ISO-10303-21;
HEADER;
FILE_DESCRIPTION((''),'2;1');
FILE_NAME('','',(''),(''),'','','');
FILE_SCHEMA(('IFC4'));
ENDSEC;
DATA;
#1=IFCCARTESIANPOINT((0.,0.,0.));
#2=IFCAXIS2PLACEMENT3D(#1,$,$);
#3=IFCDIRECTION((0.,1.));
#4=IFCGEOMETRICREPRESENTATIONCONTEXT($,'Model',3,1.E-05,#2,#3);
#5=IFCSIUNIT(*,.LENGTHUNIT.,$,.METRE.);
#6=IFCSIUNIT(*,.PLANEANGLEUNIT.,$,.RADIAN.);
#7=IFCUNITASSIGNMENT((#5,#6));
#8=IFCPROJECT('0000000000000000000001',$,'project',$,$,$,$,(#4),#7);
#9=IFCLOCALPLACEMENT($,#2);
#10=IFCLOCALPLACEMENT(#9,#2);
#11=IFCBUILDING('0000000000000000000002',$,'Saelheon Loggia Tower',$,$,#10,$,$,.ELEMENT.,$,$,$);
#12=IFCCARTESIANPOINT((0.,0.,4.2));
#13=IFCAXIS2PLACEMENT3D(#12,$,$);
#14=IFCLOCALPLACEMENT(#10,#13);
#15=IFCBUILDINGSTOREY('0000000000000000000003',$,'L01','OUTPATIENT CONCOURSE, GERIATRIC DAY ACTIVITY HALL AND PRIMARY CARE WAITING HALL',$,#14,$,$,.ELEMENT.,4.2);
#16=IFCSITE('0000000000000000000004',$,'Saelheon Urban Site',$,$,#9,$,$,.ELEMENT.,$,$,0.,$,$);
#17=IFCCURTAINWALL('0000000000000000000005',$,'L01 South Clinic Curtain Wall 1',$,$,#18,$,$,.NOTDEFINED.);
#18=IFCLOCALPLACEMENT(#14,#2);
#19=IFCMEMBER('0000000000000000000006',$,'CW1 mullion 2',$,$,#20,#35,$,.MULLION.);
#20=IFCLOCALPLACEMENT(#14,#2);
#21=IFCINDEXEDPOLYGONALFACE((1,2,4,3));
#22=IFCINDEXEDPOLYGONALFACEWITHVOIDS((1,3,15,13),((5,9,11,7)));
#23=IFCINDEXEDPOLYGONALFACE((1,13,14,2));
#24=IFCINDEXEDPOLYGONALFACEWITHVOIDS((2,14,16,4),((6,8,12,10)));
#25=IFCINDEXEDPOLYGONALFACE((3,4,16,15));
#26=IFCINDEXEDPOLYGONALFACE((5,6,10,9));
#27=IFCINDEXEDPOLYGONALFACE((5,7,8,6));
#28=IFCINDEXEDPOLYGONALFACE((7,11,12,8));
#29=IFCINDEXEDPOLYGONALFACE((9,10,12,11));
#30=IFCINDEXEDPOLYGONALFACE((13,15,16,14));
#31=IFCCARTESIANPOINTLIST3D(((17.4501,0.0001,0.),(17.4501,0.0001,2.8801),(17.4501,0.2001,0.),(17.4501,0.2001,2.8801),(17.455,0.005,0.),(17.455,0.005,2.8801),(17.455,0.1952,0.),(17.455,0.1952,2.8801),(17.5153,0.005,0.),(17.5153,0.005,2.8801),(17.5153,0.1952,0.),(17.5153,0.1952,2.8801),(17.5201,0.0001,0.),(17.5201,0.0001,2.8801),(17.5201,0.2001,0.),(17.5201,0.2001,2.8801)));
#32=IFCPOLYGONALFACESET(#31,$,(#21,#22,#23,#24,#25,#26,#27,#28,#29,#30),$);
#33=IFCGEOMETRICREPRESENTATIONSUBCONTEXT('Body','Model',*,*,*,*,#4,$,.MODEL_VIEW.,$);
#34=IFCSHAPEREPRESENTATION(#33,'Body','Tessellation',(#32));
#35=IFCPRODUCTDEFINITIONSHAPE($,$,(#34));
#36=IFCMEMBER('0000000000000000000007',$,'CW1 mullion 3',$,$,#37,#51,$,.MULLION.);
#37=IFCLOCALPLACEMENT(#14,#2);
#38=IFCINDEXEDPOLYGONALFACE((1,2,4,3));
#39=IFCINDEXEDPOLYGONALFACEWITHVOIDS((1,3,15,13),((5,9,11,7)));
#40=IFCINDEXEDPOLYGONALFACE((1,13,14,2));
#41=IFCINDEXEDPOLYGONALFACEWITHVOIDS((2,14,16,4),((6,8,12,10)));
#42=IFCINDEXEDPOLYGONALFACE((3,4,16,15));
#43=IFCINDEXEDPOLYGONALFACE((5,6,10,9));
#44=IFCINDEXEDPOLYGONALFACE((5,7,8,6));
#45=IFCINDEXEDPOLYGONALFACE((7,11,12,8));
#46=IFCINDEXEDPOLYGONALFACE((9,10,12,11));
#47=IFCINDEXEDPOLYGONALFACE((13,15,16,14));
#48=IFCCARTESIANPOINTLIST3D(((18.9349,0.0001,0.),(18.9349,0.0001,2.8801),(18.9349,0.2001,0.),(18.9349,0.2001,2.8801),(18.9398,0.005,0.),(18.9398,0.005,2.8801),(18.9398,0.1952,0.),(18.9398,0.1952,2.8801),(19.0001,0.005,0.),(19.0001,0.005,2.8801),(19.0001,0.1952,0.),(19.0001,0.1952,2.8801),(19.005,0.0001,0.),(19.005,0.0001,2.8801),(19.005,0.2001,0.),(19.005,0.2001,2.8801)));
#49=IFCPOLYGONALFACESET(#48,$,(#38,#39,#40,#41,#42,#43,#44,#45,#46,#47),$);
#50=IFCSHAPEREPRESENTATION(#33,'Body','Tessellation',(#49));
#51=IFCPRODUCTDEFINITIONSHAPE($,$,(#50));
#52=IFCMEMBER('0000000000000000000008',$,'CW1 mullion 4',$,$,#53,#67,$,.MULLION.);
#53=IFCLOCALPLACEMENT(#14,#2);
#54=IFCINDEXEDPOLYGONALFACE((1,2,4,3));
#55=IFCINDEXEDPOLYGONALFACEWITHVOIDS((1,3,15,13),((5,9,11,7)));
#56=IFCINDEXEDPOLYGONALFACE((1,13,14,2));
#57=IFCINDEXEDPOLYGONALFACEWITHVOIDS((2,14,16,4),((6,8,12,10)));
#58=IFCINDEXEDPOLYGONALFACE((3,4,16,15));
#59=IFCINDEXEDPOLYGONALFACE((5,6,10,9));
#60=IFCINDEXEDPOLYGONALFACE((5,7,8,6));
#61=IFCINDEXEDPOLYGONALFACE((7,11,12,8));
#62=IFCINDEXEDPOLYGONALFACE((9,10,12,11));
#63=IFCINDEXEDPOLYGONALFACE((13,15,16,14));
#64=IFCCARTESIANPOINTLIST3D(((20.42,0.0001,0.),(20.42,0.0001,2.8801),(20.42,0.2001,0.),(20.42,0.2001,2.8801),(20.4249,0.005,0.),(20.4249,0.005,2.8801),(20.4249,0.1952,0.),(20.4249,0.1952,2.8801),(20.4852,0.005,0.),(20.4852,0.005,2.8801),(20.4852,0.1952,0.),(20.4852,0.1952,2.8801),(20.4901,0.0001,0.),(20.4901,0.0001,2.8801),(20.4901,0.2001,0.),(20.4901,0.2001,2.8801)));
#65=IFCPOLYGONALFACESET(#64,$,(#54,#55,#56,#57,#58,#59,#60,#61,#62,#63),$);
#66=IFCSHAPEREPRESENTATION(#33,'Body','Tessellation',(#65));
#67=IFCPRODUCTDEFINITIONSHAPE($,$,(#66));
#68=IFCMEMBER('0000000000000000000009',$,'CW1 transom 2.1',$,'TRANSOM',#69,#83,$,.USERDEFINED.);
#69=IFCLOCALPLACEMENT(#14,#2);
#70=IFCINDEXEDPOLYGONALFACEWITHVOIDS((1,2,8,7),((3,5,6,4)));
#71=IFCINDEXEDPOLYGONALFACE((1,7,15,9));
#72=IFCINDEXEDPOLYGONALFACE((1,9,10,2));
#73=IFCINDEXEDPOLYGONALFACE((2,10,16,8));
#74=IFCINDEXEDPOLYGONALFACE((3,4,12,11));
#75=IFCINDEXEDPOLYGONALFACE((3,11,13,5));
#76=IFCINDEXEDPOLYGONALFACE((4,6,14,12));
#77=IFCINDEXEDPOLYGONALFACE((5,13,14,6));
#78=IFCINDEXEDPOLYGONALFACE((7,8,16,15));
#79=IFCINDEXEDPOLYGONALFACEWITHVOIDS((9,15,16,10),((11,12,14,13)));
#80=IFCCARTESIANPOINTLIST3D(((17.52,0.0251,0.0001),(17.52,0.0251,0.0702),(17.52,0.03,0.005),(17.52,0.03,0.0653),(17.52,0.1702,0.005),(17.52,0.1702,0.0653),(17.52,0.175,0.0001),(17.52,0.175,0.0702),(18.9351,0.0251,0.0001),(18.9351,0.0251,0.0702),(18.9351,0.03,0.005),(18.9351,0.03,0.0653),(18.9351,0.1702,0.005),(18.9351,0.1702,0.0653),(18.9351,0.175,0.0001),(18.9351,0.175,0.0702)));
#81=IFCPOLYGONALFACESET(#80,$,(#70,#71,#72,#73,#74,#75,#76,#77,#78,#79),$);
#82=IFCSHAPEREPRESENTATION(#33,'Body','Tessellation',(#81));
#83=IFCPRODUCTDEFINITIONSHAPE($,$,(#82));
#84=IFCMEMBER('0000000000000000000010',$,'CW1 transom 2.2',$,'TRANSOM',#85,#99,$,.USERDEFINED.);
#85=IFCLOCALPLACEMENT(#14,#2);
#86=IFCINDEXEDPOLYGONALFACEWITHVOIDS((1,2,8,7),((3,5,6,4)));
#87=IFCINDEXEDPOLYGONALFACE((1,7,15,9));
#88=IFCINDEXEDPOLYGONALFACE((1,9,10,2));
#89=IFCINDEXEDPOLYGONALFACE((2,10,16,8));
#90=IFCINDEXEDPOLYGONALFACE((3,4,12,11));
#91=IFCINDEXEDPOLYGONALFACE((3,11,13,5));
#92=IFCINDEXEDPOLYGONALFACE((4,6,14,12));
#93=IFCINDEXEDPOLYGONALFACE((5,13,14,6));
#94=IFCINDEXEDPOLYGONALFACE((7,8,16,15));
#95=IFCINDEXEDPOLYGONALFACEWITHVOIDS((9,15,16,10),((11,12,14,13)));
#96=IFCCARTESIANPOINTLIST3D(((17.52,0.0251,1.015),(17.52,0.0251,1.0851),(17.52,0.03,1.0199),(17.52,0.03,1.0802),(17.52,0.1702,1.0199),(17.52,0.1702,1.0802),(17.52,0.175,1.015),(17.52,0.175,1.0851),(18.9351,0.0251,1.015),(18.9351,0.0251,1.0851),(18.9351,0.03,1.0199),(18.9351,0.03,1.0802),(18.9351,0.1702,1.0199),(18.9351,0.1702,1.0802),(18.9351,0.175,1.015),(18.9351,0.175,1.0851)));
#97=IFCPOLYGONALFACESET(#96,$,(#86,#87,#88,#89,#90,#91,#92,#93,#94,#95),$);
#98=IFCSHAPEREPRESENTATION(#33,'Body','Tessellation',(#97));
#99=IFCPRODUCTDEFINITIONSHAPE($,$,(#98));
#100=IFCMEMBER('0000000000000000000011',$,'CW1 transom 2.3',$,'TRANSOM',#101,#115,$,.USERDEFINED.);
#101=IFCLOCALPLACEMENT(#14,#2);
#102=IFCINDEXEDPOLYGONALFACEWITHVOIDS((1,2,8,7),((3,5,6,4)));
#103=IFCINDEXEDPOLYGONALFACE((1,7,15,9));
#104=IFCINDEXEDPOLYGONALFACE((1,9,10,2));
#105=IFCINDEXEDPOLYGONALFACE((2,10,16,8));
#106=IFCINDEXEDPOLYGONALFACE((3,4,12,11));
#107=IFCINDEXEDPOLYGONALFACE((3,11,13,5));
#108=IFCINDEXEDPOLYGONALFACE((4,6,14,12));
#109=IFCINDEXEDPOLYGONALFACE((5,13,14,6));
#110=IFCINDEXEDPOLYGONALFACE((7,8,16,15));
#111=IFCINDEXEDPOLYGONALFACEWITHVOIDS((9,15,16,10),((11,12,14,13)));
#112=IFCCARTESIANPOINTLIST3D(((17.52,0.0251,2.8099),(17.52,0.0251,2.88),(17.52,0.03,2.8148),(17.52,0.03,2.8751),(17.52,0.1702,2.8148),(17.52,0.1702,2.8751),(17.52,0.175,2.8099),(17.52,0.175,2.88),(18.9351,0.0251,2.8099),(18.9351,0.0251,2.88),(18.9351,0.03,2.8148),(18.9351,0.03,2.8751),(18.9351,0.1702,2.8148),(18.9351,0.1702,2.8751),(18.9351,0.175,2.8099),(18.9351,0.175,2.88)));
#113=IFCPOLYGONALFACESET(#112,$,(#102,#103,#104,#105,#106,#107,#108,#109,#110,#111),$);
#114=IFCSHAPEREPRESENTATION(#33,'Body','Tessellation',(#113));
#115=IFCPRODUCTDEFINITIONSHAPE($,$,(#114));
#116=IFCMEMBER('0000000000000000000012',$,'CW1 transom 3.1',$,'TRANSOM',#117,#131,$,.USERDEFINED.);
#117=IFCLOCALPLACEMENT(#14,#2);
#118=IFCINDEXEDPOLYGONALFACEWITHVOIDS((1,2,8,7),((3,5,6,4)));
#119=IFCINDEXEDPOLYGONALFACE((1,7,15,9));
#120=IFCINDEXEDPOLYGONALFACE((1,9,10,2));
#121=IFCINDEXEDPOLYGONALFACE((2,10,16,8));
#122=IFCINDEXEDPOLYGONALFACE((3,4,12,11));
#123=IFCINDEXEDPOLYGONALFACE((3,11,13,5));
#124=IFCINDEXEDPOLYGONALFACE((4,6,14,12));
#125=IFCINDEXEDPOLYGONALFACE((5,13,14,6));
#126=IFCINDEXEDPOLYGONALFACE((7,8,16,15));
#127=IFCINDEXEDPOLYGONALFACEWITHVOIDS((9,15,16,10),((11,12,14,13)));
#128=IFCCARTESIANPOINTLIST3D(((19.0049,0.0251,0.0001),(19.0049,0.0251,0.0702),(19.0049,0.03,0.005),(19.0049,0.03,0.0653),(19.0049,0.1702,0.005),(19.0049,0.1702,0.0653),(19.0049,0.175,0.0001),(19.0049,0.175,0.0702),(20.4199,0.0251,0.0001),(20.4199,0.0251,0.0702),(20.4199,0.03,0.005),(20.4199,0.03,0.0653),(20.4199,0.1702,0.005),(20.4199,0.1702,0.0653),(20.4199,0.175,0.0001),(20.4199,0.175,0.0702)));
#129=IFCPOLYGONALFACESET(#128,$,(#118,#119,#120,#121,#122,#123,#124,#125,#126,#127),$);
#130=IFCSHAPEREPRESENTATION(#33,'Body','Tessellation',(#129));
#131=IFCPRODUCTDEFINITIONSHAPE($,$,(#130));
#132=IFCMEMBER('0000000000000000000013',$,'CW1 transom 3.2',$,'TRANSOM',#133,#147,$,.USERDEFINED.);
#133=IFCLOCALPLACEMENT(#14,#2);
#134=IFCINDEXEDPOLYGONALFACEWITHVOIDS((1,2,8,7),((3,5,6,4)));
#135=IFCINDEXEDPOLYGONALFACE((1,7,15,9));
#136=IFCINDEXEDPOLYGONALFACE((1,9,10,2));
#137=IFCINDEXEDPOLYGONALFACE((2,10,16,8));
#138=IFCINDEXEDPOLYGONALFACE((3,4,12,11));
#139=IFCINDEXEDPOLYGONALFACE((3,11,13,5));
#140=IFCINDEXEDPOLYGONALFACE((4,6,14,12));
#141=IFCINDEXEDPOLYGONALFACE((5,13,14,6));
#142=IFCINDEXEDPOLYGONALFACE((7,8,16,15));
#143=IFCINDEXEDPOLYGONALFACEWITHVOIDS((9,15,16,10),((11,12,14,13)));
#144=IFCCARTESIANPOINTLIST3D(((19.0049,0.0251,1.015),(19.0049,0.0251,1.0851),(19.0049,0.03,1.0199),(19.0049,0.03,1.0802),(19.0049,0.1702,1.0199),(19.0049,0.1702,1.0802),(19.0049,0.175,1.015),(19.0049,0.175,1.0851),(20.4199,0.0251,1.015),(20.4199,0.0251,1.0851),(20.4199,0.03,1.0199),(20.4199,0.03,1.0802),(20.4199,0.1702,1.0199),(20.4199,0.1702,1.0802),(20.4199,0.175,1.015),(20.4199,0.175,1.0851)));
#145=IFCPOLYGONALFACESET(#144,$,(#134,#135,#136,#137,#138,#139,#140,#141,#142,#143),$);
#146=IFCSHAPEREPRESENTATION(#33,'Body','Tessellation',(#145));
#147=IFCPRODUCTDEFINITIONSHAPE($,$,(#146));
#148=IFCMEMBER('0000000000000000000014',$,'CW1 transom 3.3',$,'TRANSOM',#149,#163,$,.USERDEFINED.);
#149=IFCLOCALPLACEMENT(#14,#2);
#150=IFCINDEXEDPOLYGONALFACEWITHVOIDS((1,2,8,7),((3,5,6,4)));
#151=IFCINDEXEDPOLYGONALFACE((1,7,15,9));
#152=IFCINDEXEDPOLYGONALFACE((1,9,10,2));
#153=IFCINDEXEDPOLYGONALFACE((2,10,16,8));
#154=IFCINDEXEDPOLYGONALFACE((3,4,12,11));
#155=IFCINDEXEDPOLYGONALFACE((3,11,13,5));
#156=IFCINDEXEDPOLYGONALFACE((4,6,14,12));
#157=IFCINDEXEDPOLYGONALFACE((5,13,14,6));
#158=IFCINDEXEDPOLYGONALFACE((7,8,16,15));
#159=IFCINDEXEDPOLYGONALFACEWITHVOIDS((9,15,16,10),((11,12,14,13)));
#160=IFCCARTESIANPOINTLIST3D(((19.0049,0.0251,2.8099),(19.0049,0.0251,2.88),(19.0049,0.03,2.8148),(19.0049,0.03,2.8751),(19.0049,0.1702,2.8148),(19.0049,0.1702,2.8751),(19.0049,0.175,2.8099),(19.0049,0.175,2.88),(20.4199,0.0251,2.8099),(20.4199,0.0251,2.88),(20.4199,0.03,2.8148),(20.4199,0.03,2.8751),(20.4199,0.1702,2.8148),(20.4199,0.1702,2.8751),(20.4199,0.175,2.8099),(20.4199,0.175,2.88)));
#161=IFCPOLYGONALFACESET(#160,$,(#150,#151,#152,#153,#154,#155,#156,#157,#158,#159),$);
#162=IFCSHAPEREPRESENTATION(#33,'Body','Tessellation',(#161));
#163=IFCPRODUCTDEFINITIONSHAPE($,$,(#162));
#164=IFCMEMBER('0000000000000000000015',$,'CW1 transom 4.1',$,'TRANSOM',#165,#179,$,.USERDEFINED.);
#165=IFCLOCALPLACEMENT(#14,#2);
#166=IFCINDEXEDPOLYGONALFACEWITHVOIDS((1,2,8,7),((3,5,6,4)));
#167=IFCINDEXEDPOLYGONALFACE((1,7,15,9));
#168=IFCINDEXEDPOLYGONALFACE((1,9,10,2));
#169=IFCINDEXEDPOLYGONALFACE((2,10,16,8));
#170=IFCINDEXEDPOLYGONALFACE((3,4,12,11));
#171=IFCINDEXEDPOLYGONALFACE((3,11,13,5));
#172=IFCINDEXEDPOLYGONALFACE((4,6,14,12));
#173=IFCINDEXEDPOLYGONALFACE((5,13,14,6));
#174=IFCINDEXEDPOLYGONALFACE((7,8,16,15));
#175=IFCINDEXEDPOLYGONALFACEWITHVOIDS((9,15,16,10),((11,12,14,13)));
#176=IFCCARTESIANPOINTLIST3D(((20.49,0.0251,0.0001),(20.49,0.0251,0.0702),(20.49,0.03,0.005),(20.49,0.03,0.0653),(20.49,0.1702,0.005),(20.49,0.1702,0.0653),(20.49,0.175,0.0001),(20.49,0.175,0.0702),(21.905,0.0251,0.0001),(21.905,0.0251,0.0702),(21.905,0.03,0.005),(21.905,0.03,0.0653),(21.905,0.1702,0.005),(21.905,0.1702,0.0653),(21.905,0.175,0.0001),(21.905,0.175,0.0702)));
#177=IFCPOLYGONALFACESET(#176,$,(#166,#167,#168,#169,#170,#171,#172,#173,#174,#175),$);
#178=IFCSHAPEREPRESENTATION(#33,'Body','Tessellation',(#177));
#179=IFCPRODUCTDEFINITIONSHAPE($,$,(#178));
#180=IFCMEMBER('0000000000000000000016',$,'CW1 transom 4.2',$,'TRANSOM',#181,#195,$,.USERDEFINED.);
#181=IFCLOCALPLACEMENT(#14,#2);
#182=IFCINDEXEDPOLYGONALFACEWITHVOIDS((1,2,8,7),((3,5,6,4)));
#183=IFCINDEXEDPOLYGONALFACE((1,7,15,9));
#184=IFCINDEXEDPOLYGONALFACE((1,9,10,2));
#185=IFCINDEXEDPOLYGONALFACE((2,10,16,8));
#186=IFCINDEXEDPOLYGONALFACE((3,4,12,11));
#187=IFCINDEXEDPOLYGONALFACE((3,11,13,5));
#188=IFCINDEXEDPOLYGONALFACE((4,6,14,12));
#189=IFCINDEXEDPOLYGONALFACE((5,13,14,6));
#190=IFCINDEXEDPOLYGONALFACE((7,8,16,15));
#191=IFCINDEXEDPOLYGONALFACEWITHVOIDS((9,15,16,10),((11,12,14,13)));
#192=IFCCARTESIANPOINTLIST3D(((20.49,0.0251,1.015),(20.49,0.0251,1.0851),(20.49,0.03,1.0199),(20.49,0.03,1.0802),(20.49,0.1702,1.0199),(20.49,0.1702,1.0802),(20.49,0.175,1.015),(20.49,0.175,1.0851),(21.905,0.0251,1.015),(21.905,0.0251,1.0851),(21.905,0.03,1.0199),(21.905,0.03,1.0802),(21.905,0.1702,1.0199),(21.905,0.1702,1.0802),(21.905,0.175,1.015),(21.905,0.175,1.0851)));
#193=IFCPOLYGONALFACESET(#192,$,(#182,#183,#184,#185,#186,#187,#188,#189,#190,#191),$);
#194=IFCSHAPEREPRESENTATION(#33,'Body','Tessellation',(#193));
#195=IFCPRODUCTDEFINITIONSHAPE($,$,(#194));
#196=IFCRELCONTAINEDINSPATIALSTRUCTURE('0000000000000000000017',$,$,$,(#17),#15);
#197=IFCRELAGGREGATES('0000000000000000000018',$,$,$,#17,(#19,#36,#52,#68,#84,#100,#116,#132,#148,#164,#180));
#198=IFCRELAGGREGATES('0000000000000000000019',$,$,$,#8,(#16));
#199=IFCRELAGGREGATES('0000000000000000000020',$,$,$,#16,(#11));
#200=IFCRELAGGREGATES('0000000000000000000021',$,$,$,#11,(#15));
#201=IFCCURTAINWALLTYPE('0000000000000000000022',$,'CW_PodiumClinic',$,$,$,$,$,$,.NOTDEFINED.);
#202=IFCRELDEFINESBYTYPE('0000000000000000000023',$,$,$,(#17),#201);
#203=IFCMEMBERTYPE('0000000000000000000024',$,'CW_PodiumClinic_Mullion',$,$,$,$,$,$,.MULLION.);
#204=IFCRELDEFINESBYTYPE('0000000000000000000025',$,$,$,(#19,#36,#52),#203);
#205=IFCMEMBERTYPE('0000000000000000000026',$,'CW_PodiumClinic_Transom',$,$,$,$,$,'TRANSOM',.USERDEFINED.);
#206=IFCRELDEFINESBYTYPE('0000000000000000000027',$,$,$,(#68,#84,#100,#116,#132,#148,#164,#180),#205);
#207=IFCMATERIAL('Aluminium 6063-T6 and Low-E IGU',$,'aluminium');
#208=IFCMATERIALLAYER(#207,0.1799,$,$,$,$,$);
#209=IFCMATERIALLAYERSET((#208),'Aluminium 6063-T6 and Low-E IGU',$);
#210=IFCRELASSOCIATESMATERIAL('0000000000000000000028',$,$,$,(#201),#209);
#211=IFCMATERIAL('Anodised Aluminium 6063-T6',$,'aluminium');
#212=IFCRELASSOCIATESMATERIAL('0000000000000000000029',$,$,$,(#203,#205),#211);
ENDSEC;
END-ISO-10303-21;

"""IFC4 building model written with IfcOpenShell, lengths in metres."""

from ifc_helpers import new_model, si_unit, direction, frame, origin, origin_2d, place, context, subcontext, project, spatial, hollow_rectangle, extrude, source, transform, mapped, material, layer, layer_set, material_profile, profile_set, type_object, element, aggregate, save


model = new_model("IFC4")

# Units and contexts
model_context = context("Model", 3, precision=1e-05, world=origin(), true_north=direction((0.0, 1.0)))
body_context = subcontext(model_context, "Body", "Model", "MODEL_VIEW")
ifc_project = project(units=[si_unit("LENGTHUNIT", "METRE"), si_unit("PLANEANGLEUNIT", "RADIAN")], contexts=[model_context])

# Site, building, storey
site_placement = place(None, origin())
site = spatial("IfcSite", under=ifc_project, at=site_placement, Name="Saelheon Urban Site", CompositionType="ELEMENT", RefElevation=0.0)
building_placement = place(site_placement, origin())
building = spatial("IfcBuilding", under=site, at=building_placement, Name="Saelheon Loggia Tower", CompositionType="ELEMENT")
storey_placement = place(building_placement, frame((0.0, 0.0, 4.2)))
storey = spatial("IfcBuildingStorey", under=building, at=storey_placement, Name="L01", Description="OUTPATIENT CONCOURSE, GERIATRIC DAY ACTIVITY HALL AND PRIMARY CARE WAITING HALL", CompositionType="ELEMENT", Elevation=4.2)

# Curtain wall, members
ifc_material_1 = material(Name="Aluminium 6063-T6 and Low-E IGU", Category="aluminium")
ifc_layer_1 = layer(ifc_material_1, 0.1799)
ifc_layer_set_1 = layer_set([ifc_layer_1], Name="Aluminium 6063-T6 and Low-E IGU")
curtain_wall_type = type_object("IfcCurtainWallType", Name="CW_PodiumClinic", PredefinedType="NOTDEFINED", material=ifc_layer_set_1)
curtain_wall_placement = place(storey_placement, origin())
curtain_wall = element("IfcCurtainWall", 1, at=curtain_wall_placement, inside=storey, type_object=curtain_wall_type, Name="L01 South Clinic Curtain Wall 1", PredefinedType="NOTDEFINED")
ifc_material_2 = material(Name="Anodised Aluminium 6063-T6", Category="aluminium")
ifc_material_profile_1 = material_profile(ifc_material_2, hollow_rectangle(XDim=0.0701, YDim=0.2, WallThickness=0.0049, at=origin_2d()), Name="RHS-200x70x5")
ifc_profile_set_1 = profile_set([ifc_material_profile_1], Name="Anodised Aluminium 6063-T6")
member_type_1 = type_object("IfcMemberType", Name="CW_PodiumClinic_Mullion", PredefinedType="MULLION", material=ifc_profile_set_1)
shared_shape_1 = source(origin(), body_context, "Body", "SweptSolid", [
    extrude(hollow_rectangle(XDim=0.0701, YDim=0.2, WallThickness=0.0049, at=origin_2d()), origin(), (0.0, 0.0, 1.0), 2.8801),
])
member_1_placement = place(storey_placement, frame((17.4851, 0.1001, 0.0), z_axis=(0.0, 0.0, 1.0), x_axis=(1.0, 0.0, 0.0)))
member_1 = element("IfcMember", 2, at=member_1_placement, type_object=member_type_1, Name="CW1 mullion 2", PredefinedType="MULLION", context=body_context, shape_type="MappedRepresentation", body=[
    mapped(shared_shape_1, transform((0.0, 0.0, 0.0), scale=1.0)),
])
member_2_placement = place(storey_placement, frame((18.97, 0.1001, 0.0), z_axis=(0.0, 0.0, 1.0), x_axis=(1.0, 0.0, 0.0)))
member_2 = element("IfcMember", 3, at=member_2_placement, type_object=member_type_1, Name="CW1 mullion 3", PredefinedType="MULLION", context=body_context, shape_type="MappedRepresentation", body=[
    mapped(shared_shape_1, transform((0.0, 0.0, 0.0), scale=1.0)),
])
member_3_placement = place(storey_placement, frame((20.4551, 0.1001, 0.0), z_axis=(0.0, 0.0, 1.0), x_axis=(1.0, 0.0, 0.0)))
member_3 = element("IfcMember", 4, at=member_3_placement, type_object=member_type_1, Name="CW1 mullion 4", PredefinedType="MULLION", context=body_context, shape_type="MappedRepresentation", body=[
    mapped(shared_shape_1, transform((0.0, 0.0, 0.0), scale=1.0)),
])
ifc_material_profile_2 = material_profile(ifc_material_2, hollow_rectangle(XDim=0.0701, YDim=0.1499, WallThickness=0.0049, at=origin_2d()), Name="RHS-150x70x5")
ifc_profile_set_2 = profile_set([ifc_material_profile_2], Name="Anodised Aluminium 6063-T6")
member_type_2 = type_object("IfcMemberType", Name="CW_PodiumClinic_Transom", ElementType="TRANSOM", PredefinedType="USERDEFINED", material=ifc_profile_set_2)
shared_shape_2 = source(origin(), body_context, "Body", "SweptSolid", [
    extrude(hollow_rectangle(XDim=0.0701, YDim=0.1499, WallThickness=0.0049, at=origin_2d()), origin(), (0.0, 0.0, 1.0), 1.415),
])
member_4_placement = place(storey_placement, frame((17.52, 0.1001, 0.0352), z_axis=(1.0, 0.0, 0.0), x_axis=(0.0, 0.0, 1.0)))
member_4 = element("IfcMember", 5, at=member_4_placement, type_object=member_type_2, Name="CW1 transom 2.1", ObjectType="TRANSOM", PredefinedType="USERDEFINED", context=body_context, shape_type="MappedRepresentation", body=[
    mapped(shared_shape_2, transform((0.0, 0.0, 0.0), scale=1.0)),
])
member_5_placement = place(storey_placement, frame((17.52, 0.1001, 1.05), z_axis=(1.0, 0.0, 0.0), x_axis=(0.0, 0.0, 1.0)))
member_5 = element("IfcMember", 6, at=member_5_placement, type_object=member_type_2, Name="CW1 transom 2.2", ObjectType="TRANSOM", PredefinedType="USERDEFINED", context=body_context, shape_type="MappedRepresentation", body=[
    mapped(shared_shape_2, transform((0.0, 0.0, 0.0), scale=1.0)),
])
member_6_placement = place(storey_placement, frame((17.52, 0.1001, 2.845), z_axis=(1.0, 0.0, 0.0), x_axis=(0.0, 0.0, 1.0)))
member_6 = element("IfcMember", 7, at=member_6_placement, type_object=member_type_2, Name="CW1 transom 2.3", ObjectType="TRANSOM", PredefinedType="USERDEFINED", context=body_context, shape_type="MappedRepresentation", body=[
    mapped(shared_shape_2, transform((0.0, 0.0, 0.0), scale=1.0)),
])
member_7_placement = place(storey_placement, frame((19.0049, 0.1001, 0.0352), z_axis=(1.0, 0.0, 0.0), x_axis=(0.0, 0.0, 1.0)))
member_7 = element("IfcMember", 8, at=member_7_placement, type_object=member_type_2, Name="CW1 transom 3.1", ObjectType="TRANSOM", PredefinedType="USERDEFINED", context=body_context, shape_type="MappedRepresentation", body=[
    mapped(shared_shape_2, transform((0.0, 0.0, 0.0), scale=1.0)),
])
member_8_placement = place(storey_placement, frame((19.0049, 0.1001, 1.05), z_axis=(1.0, 0.0, 0.0), x_axis=(0.0, 0.0, 1.0)))
member_8 = element("IfcMember", 9, at=member_8_placement, type_object=member_type_2, Name="CW1 transom 3.2", ObjectType="TRANSOM", PredefinedType="USERDEFINED", context=body_context, shape_type="MappedRepresentation", body=[
    mapped(shared_shape_2, transform((0.0, 0.0, 0.0), scale=1.0)),
])
member_9_placement = place(storey_placement, frame((19.0049, 0.1001, 2.845), z_axis=(1.0, 0.0, 0.0), x_axis=(0.0, 0.0, 1.0)))
member_9 = element("IfcMember", 10, at=member_9_placement, type_object=member_type_2, Name="CW1 transom 3.3", ObjectType="TRANSOM", PredefinedType="USERDEFINED", context=body_context, shape_type="MappedRepresentation", body=[
    mapped(shared_shape_2, transform((0.0, 0.0, 0.0), scale=1.0)),
])
member_10_placement = place(storey_placement, frame((20.49, 0.1001, 0.0352), z_axis=(1.0, 0.0, 0.0), x_axis=(0.0, 0.0, 1.0)))
member_10 = element("IfcMember", 11, at=member_10_placement, type_object=member_type_2, Name="CW1 transom 4.1", ObjectType="TRANSOM", PredefinedType="USERDEFINED", context=body_context, shape_type="MappedRepresentation", body=[
    mapped(shared_shape_2, transform((0.0, 0.0, 0.0), scale=1.0)),
])
member_11_placement = place(storey_placement, frame((20.49, 0.1001, 1.05), z_axis=(1.0, 0.0, 0.0), x_axis=(0.0, 0.0, 1.0)))
member_11 = element("IfcMember", 12, at=member_11_placement, type_object=member_type_2, Name="CW1 transom 4.2", ObjectType="TRANSOM", PredefinedType="USERDEFINED", context=body_context, shape_type="MappedRepresentation", body=[
    mapped(shared_shape_2, transform((0.0, 0.0, 0.0), scale=1.0)),
])
aggregate(curtain_wall, [member_1, member_2, member_3, member_4, member_5, member_6, member_7, member_8, member_9, member_10, member_11])

save(model, "model.ifc")
